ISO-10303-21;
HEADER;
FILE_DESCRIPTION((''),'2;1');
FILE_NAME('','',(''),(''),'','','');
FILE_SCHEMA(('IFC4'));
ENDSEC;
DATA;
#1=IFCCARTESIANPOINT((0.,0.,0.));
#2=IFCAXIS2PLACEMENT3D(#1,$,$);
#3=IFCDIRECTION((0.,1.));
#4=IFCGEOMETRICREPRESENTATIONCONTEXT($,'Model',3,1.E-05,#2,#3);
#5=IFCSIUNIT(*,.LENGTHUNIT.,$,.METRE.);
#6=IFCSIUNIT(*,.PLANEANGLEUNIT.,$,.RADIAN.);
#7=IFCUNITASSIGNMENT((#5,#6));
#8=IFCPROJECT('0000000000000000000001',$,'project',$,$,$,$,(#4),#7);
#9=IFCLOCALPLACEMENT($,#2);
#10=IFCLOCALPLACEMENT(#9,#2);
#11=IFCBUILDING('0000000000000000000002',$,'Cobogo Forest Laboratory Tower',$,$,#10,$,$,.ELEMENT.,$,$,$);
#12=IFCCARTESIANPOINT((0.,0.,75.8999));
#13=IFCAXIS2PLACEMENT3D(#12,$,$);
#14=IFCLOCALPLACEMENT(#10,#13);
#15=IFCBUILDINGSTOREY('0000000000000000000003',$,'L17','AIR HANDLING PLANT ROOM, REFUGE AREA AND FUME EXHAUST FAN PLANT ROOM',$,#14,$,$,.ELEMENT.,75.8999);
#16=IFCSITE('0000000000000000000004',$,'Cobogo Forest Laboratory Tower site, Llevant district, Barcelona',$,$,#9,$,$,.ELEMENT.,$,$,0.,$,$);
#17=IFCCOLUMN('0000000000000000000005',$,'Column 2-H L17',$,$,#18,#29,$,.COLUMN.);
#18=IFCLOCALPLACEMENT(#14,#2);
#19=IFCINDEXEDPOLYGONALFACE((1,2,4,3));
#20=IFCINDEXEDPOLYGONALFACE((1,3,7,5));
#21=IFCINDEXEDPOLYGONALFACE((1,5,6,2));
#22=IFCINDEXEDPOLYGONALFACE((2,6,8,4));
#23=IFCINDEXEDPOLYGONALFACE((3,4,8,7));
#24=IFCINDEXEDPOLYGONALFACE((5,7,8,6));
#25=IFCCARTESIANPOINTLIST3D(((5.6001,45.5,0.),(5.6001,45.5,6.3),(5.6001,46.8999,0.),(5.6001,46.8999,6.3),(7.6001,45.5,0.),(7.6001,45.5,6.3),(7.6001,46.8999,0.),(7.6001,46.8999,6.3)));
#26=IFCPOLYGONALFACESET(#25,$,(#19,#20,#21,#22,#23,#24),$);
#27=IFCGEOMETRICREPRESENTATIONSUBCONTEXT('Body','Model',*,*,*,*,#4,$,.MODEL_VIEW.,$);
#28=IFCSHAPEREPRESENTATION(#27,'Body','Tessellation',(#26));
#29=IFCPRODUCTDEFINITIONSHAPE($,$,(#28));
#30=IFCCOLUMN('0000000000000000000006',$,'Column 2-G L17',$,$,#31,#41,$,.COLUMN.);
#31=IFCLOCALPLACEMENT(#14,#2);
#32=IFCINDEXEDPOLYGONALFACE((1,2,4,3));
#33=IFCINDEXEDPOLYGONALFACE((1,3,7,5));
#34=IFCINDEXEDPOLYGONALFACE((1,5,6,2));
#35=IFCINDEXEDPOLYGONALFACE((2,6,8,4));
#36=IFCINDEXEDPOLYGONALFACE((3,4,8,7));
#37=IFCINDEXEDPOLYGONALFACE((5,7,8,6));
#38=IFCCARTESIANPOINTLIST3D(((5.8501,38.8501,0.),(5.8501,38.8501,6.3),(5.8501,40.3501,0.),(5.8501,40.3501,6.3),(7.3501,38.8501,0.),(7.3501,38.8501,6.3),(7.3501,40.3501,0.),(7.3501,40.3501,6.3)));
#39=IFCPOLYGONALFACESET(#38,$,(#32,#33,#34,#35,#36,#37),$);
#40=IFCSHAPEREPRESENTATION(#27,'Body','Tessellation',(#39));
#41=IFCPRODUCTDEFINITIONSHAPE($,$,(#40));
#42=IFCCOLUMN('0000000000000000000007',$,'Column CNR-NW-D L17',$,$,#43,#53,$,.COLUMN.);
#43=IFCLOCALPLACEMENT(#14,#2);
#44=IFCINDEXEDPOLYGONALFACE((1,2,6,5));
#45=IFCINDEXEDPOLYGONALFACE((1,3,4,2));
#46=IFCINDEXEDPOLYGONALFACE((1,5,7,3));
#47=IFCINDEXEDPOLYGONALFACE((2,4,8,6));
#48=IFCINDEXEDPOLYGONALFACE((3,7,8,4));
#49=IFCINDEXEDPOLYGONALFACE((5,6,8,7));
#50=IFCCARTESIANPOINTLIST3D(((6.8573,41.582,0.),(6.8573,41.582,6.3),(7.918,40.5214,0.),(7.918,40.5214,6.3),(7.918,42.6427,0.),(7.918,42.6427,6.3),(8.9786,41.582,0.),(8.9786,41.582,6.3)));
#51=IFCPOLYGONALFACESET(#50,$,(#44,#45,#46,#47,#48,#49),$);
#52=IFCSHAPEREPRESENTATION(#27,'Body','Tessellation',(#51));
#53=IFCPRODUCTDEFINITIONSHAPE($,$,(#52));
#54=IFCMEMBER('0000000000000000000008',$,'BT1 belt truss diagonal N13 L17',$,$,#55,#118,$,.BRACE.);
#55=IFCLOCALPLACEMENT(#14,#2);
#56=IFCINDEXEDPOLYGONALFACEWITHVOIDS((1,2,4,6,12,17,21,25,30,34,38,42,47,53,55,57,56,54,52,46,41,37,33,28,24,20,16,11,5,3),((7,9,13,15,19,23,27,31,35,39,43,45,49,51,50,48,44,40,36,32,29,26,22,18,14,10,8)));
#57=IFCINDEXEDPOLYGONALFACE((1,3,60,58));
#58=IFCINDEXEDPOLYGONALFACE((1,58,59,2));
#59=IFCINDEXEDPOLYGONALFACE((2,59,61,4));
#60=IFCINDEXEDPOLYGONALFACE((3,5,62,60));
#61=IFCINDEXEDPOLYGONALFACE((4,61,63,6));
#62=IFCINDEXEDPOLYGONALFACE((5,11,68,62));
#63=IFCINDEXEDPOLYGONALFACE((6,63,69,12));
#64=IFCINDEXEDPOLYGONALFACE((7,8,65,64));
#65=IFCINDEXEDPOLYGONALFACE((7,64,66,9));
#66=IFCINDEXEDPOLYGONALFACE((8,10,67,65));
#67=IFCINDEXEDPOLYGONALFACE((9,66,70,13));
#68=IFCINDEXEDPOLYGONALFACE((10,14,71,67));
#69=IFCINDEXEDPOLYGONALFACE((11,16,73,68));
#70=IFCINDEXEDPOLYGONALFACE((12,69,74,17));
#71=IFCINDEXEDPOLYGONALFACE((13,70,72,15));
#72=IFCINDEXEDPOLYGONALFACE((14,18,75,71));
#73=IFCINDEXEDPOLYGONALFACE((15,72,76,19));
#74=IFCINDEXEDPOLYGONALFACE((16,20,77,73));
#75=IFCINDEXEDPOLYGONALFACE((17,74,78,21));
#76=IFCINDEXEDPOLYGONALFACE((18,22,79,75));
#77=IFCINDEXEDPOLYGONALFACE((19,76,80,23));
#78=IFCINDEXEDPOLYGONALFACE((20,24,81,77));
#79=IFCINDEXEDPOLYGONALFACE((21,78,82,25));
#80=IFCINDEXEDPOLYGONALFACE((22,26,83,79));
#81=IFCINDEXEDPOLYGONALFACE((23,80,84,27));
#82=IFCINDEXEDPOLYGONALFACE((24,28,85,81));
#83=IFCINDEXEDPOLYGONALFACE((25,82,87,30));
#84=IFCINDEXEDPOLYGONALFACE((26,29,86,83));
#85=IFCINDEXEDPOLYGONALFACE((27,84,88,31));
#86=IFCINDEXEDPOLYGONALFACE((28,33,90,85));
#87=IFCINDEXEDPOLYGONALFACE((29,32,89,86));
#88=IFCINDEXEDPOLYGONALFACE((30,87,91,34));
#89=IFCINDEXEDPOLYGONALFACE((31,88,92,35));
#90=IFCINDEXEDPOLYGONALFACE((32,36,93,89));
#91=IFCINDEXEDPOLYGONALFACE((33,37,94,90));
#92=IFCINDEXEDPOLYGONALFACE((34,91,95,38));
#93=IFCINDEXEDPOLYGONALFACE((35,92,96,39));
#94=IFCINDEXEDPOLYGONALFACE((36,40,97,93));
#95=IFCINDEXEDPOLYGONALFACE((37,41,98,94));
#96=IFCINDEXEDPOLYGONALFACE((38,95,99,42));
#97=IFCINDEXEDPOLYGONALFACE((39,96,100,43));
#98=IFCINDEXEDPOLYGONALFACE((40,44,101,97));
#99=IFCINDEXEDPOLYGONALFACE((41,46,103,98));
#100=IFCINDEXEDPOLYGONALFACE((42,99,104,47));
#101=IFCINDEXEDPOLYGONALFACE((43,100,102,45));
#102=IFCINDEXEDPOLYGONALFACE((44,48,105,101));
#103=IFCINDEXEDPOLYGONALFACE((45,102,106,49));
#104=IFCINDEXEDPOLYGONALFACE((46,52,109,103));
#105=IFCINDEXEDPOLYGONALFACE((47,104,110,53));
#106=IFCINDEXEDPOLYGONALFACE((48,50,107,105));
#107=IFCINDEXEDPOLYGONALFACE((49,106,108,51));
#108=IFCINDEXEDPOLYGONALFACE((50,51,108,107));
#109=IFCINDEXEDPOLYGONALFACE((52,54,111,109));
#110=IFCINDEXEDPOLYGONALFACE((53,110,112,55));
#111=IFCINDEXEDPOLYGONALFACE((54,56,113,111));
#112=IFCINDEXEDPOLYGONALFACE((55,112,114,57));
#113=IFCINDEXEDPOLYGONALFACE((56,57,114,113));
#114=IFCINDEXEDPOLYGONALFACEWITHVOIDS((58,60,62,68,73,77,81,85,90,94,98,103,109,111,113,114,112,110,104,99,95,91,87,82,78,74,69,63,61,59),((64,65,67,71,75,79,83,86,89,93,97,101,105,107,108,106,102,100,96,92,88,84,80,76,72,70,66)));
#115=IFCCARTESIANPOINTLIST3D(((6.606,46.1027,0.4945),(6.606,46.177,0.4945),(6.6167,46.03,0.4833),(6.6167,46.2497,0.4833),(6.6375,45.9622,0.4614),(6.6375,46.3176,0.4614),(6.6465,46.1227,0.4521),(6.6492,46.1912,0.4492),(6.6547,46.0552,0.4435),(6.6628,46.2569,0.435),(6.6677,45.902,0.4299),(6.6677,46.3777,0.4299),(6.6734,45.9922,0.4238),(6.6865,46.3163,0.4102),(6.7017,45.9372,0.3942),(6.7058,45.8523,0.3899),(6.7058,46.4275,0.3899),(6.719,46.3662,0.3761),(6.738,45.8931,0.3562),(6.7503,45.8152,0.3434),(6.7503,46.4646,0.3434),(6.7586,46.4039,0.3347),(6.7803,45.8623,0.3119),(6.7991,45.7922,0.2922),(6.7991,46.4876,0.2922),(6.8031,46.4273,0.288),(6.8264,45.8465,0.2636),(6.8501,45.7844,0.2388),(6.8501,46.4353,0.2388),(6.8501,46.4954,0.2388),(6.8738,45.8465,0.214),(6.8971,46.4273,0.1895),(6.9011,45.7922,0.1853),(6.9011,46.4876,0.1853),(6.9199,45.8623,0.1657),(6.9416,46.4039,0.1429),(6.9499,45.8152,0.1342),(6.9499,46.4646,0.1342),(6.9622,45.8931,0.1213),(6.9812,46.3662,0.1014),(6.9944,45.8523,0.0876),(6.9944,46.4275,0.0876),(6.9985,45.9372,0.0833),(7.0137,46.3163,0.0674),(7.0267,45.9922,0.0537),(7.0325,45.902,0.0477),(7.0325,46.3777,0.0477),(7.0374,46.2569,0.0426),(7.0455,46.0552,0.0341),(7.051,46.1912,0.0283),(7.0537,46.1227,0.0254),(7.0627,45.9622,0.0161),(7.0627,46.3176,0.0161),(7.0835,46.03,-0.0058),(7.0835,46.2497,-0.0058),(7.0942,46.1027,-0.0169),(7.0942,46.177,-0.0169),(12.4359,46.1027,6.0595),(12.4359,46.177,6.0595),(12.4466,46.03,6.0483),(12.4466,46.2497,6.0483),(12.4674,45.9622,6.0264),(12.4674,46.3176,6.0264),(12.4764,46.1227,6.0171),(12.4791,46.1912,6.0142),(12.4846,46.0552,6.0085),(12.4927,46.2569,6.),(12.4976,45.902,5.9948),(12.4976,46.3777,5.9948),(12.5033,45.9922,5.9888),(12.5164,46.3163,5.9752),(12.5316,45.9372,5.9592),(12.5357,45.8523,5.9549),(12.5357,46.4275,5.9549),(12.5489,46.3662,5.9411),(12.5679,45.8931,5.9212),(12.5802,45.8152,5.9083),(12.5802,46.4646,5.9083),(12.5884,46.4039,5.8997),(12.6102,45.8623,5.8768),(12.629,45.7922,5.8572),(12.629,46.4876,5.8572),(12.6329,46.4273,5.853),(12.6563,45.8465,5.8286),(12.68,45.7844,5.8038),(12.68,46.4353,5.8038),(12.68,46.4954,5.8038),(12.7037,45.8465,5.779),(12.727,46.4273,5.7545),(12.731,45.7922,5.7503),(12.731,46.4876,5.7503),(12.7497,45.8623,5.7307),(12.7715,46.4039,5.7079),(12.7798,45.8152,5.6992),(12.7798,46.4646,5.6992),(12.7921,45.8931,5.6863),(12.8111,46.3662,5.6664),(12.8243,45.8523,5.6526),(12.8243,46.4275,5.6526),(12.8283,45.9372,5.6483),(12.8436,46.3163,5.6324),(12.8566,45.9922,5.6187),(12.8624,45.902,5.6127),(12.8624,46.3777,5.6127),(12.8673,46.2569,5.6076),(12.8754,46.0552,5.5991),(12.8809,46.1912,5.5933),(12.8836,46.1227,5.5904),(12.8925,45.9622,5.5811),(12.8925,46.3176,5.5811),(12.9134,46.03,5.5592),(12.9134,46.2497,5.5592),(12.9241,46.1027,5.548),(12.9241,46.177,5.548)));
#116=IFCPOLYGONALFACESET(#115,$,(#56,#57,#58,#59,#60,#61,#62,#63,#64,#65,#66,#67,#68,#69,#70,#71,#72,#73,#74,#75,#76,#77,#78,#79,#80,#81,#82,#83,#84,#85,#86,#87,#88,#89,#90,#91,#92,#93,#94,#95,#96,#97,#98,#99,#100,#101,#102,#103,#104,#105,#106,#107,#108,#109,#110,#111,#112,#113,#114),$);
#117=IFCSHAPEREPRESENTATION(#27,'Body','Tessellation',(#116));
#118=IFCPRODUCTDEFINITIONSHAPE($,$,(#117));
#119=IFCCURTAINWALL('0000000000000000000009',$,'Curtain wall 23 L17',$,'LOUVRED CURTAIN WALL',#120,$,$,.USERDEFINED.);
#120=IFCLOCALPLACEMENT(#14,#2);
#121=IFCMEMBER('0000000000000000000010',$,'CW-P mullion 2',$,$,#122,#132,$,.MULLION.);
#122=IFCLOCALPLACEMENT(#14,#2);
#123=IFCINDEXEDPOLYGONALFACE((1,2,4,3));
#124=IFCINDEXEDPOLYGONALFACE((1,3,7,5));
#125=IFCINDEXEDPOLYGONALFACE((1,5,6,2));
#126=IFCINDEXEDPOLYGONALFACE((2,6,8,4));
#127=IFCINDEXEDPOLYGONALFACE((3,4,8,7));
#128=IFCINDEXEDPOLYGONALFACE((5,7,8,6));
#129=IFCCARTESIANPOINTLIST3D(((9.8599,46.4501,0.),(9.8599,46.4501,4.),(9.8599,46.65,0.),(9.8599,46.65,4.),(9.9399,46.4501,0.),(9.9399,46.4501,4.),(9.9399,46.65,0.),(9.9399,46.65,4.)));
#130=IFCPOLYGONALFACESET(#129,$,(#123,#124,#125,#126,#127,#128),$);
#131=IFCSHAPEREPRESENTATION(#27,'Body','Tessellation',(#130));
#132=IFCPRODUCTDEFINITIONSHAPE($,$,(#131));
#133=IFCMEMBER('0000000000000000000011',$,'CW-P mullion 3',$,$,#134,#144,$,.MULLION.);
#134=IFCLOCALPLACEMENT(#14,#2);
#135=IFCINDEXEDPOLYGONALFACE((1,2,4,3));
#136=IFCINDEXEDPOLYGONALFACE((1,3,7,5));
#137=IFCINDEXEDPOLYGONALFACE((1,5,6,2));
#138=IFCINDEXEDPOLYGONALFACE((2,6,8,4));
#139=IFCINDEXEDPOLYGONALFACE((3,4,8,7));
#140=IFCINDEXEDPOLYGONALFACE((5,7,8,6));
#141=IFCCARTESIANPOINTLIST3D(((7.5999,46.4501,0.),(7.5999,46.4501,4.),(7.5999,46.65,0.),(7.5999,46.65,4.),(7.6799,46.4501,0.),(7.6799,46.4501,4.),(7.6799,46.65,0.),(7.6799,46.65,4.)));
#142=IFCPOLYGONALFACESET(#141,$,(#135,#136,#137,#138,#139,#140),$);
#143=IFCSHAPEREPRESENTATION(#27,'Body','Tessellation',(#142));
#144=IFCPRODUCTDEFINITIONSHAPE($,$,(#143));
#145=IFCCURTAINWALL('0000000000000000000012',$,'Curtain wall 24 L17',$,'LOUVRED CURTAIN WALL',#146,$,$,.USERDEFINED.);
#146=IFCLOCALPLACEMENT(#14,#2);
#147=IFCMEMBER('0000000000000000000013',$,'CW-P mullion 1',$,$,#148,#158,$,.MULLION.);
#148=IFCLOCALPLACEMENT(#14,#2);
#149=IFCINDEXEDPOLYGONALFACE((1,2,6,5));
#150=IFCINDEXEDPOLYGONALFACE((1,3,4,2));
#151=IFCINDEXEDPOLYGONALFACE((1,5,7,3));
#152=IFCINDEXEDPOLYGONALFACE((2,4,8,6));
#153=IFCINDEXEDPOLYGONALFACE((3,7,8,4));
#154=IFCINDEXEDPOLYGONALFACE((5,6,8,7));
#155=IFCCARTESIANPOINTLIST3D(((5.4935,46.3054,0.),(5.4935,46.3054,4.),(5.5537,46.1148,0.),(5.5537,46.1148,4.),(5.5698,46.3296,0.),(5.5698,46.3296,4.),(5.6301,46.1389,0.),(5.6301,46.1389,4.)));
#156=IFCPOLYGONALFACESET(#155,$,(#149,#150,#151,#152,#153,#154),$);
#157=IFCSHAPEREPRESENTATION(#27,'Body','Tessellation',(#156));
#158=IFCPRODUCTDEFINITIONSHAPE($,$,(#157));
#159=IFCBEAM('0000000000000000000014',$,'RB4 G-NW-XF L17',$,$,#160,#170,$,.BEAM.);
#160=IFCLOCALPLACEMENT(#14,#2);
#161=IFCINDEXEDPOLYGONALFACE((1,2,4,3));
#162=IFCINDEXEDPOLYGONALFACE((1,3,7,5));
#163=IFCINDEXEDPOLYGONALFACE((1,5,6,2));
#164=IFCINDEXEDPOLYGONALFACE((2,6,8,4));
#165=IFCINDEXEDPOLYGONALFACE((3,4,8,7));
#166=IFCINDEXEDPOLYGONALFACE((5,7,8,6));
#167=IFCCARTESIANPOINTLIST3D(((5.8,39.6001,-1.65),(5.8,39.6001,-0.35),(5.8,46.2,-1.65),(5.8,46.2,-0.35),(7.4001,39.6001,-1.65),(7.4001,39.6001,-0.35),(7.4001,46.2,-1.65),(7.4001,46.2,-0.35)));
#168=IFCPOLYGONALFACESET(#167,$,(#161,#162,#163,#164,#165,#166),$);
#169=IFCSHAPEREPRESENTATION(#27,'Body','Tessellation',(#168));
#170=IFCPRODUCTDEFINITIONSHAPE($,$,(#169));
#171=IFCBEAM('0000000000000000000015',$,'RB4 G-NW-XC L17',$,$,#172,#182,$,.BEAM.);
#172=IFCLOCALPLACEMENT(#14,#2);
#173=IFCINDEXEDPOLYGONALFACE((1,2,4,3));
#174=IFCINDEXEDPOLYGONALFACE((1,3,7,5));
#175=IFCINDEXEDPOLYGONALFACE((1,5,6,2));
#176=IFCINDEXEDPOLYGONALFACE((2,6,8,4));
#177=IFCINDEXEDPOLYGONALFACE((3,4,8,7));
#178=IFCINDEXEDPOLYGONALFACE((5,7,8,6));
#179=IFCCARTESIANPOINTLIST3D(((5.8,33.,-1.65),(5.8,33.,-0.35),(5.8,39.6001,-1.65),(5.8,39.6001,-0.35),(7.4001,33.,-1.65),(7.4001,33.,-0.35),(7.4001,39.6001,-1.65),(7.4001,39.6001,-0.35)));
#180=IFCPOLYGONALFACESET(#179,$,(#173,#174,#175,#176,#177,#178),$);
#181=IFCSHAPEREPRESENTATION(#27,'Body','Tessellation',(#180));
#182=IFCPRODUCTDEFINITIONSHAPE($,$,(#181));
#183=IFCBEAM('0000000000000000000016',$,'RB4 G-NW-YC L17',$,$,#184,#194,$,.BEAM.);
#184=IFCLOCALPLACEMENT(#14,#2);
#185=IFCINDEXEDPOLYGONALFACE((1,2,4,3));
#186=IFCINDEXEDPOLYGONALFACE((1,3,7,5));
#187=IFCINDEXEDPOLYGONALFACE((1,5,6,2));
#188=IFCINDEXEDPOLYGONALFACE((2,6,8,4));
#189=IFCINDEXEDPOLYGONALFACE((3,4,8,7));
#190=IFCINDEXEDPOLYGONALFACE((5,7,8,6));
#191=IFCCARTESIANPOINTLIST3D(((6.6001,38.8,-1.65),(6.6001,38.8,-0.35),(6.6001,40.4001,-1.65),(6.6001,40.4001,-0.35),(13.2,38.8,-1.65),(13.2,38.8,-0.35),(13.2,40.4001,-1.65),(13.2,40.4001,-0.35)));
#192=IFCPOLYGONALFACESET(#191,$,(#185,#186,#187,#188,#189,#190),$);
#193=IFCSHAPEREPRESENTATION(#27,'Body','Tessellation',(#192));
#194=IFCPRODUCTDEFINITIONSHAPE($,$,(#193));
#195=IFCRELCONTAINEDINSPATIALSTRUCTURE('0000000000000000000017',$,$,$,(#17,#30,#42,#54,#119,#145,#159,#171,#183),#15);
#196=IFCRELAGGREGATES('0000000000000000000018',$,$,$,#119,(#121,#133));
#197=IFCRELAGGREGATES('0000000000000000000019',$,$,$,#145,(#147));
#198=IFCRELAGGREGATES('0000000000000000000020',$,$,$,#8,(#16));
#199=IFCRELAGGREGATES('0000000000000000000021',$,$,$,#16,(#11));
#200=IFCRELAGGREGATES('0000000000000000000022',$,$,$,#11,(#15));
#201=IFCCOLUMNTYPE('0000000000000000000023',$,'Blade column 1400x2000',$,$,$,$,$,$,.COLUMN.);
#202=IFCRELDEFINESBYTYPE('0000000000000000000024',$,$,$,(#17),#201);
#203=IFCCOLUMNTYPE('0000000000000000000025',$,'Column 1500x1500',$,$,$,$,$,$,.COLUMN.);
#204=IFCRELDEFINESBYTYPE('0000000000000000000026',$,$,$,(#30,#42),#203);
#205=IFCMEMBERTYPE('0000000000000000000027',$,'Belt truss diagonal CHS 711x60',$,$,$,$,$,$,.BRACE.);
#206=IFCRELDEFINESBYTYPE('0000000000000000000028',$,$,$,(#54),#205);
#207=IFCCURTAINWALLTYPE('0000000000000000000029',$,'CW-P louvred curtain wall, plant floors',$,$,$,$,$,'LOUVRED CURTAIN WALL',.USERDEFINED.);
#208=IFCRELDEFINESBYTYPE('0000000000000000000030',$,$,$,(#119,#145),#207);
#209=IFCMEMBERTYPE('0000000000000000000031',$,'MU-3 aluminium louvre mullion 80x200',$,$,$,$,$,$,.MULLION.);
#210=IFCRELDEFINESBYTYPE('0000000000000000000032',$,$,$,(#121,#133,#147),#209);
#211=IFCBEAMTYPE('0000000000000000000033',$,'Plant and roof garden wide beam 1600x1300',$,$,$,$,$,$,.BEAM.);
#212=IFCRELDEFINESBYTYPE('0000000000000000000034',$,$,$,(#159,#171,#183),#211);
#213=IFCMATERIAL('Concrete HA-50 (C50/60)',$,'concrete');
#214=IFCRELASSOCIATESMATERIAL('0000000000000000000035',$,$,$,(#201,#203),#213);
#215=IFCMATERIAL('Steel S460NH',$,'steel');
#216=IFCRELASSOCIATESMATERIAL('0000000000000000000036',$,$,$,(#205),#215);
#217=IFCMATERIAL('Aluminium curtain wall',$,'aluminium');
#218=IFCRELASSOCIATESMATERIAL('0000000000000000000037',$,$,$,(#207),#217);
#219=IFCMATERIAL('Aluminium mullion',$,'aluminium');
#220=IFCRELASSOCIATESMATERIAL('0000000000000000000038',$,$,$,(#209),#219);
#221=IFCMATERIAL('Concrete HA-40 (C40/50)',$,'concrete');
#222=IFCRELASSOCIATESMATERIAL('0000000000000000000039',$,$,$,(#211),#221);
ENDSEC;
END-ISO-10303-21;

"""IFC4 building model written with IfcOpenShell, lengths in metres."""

from ifc_helpers import new_model, si_unit, direction, frame, origin, origin_2d, place, context, subcontext, project, spatial, rectangle, hollow_circle, extrude, material, material_profile, profile_set, type_object, element, aggregate, save


model = new_model("IFC4")

# Units and contexts
model_context = context("Model", 3, precision=1e-05, world=origin(), true_north=direction((0.0, 1.0)))
body_context = subcontext(model_context, "Body", "Model", "MODEL_VIEW")
ifc_project = project(units=[si_unit("LENGTHUNIT", "METRE"), si_unit("PLANEANGLEUNIT", "RADIAN")], contexts=[model_context])

# Site, building, storey
site_placement = place(None, origin())
site = spatial("IfcSite", under=ifc_project, at=site_placement, Name="Cobogo Forest Laboratory Tower site, Llevant district, Barcelona", CompositionType="ELEMENT", RefElevation=0.0)
building_placement = place(site_placement, origin())
building = spatial("IfcBuilding", under=site, at=building_placement, Name="Cobogo Forest Laboratory Tower", CompositionType="ELEMENT")
storey_placement = place(building_placement, frame((0.0, 0.0, 75.8999)))
storey = spatial("IfcBuildingStorey", under=building, at=storey_placement, Name="L17", Description="AIR HANDLING PLANT ROOM, REFUGE AREA AND FUME EXHAUST FAN PLANT ROOM", CompositionType="ELEMENT", Elevation=75.8999)

# Columns
ifc_material_1 = material(Name="Concrete HA-50 (C50/60)", Category="concrete")
ifc_material_profile_1 = material_profile(ifc_material_1, rectangle(XDim=2.0, YDim=1.3999, at=origin_2d()), Name="RC 1400x2000")
ifc_profile_set_1 = profile_set([ifc_material_profile_1], Name="Concrete HA-50 (C50/60)")
column_type_1 = type_object("IfcColumnType", Name="Blade column 1400x2000", PredefinedType="COLUMN", material=ifc_profile_set_1)
column_placement = place(storey_placement, frame((6.6001, 46.2, 0.0), z_axis=(0.0, 0.0, 1.0), x_axis=(1.0, 0.0, 0.0)))
element("IfcColumn", 1, at=column_placement, inside=storey, type_object=column_type_1, Name="Column 2-H L17", PredefinedType="COLUMN", context=body_context, shape_type="SweptSolid", body=[
    extrude(rectangle(XDim=2.0, YDim=1.3999, at=origin_2d()), origin(), (0.0, 0.0, 1.0), 6.3),
])
ifc_material_profile_2 = material_profile(ifc_material_1, rectangle(XDim=1.5, YDim=1.5, at=origin_2d()), Name="RC 1500x1500")
ifc_profile_set_2 = profile_set([ifc_material_profile_2], Name="Concrete HA-50 (C50/60)")
column_type_2 = type_object("IfcColumnType", Name="Column 1500x1500", PredefinedType="COLUMN", material=ifc_profile_set_2)
for number, where, z_axis, x_axis, name in (
    (2, (6.6001, 39.6001, 0.0), (0.0, 0.0, 1.0), (1.0, 0.0, 0.0), "Column 2-G L17"),
    (3, (7.918, 41.582, 0.0), (0.0, 0.0, 1.0), (0.707107, 0.707107, 0.0), "Column CNR-NW-D L17"),
):
    element("IfcColumn", number, at=place(storey_placement, frame(where, z_axis=z_axis, x_axis=x_axis)), inside=storey, type_object=column_type_2, Name=name, PredefinedType="COLUMN", context=body_context, shape_type="SweptSolid", body=[
        extrude(rectangle(XDim=1.5, YDim=1.5, at=origin_2d()), origin(), (0.0, 0.0, 1.0), 6.3),
    ])

# Member
ifc_material_2 = material(Name="Steel S460NH", Category="steel")
ifc_material_profile_3 = material_profile(ifc_material_2, hollow_circle(Radius=0.3555, WallThickness=0.0601, at=origin_2d()), Name="CHS 711x60")
ifc_profile_set_3 = profile_set([ifc_material_profile_3], Name="Steel S460NH")
member_type_1 = type_object("IfcMemberType", Name="Belt truss diagonal CHS 711x60", PredefinedType="BRACE", material=ifc_profile_set_3)
member_1_placement = place(storey_placement, frame((6.8501, 46.1399, 0.2388), z_axis=(0.723349, 0.0, 0.690482), x_axis=(0.0, 1.0, 0.0)))
element("IfcMember", 4, at=member_1_placement, inside=storey, type_object=member_type_1, Name="BT1 belt truss diagonal N13 L17", PredefinedType="BRACE", context=body_context, shape_type="SweptSolid", body=[
    extrude(hollow_circle(Radius=0.3555, WallThickness=0.0601, at=origin_2d()), origin(), (0.0, 0.0, 1.0), 8.0596),
])

# Curtain wall, members
ifc_material_3 = material(Name="Aluminium curtain wall", Category="aluminium")
curtain_wall_type = type_object("IfcCurtainWallType", Name="CW-P louvred curtain wall, plant floors", ElementType="LOUVRED CURTAIN WALL", PredefinedType="USERDEFINED", material=ifc_material_3)
curtain_wall_1_placement = place(storey_placement, origin())
curtain_wall_1 = element("IfcCurtainWall", 5, at=curtain_wall_1_placement, inside=storey, type_object=curtain_wall_type, Name="Curtain wall 23 L17", ObjectType="LOUVRED CURTAIN WALL", PredefinedType="USERDEFINED")
ifc_material_4 = material(Name="Aluminium mullion", Category="aluminium")
ifc_material_profile_4 = material_profile(ifc_material_4, rectangle(XDim=0.0801, YDim=0.2, at=origin_2d()), Name="AL 80x200")
ifc_profile_set_4 = profile_set([ifc_material_profile_4], Name="Aluminium mullion")
member_type_2 = type_object("IfcMemberType", Name="MU-3 aluminium louvre mullion 80x200", PredefinedType="MULLION", material=ifc_profile_set_4)
member_2_placement = place(storey_placement, frame((9.8999, 46.55, 0.0), z_axis=(0.0, 0.0, 1.0), x_axis=(-1.0, 0.0, 0.0)))
member_2 = element("IfcMember", 6, at=member_2_placement, type_object=member_type_2, Name="CW-P mullion 2", PredefinedType="MULLION", context=body_context, shape_type="SweptSolid", body=[
    extrude(rectangle(XDim=0.0801, YDim=0.2, at=origin_2d()), origin(), (0.0, 0.0, 1.0), 4.0),
])
member_3_placement = place(storey_placement, frame((7.6399, 46.55, 0.0), z_axis=(0.0, 0.0, 1.0), x_axis=(-1.0, 0.0, 0.0)))
member_3 = element("IfcMember", 7, at=member_3_placement, type_object=member_type_2, Name="CW-P mullion 3", PredefinedType="MULLION", context=body_context, shape_type="SweptSolid", body=[
    extrude(rectangle(XDim=0.0801, YDim=0.2, at=origin_2d()), origin(), (0.0, 0.0, 1.0), 4.0),
])

# Curtain wall, member
curtain_wall_2_placement = place(storey_placement, origin())
curtain_wall_2 = element("IfcCurtainWall", 8, at=curtain_wall_2_placement, inside=storey, type_object=curtain_wall_type, Name="Curtain wall 24 L17", ObjectType="LOUVRED CURTAIN WALL", PredefinedType="USERDEFINED")
member_4_placement = place(storey_placement, frame((5.5618, 46.2222, 0.0), z_axis=(0.0, 0.0, 1.0), x_axis=(-0.953581, -0.301136, 0.0)))
member_4 = element("IfcMember", 9, at=member_4_placement, type_object=member_type_2, Name="CW-P mullion 1", PredefinedType="MULLION", context=body_context, shape_type="SweptSolid", body=[
    extrude(rectangle(XDim=0.0801, YDim=0.2, at=origin_2d()), origin(), (0.0, 0.0, 1.0), 4.0),
])

# Beams
ifc_material_5 = material(Name="Concrete HA-40 (C40/50)", Category="concrete")
ifc_material_profile_5 = material_profile(ifc_material_5, rectangle(XDim=1.6001, YDim=1.3, at=origin_2d()), Name="RC 1600x1300")
ifc_profile_set_5 = profile_set([ifc_material_profile_5], Name="Concrete HA-40 (C40/50)")
beam_type_1 = type_object("IfcBeamType", Name="Plant and roof garden wide beam 1600x1300", PredefinedType="BEAM", material=ifc_profile_set_5)
beam_1_placement = place(storey_placement, frame((6.6001, 46.2, -1.0), z_axis=(0.0, -1.0, 0.0), x_axis=(1.0, 0.0, 0.0)))
element("IfcBeam", 10, at=beam_1_placement, inside=storey, type_object=beam_type_1, Name="RB4 G-NW-XF L17", PredefinedType="BEAM", context=body_context, shape_type="SweptSolid", body=[
    extrude(rectangle(XDim=1.6001, YDim=1.3, at=origin_2d()), origin(), (0.0, 0.0, 1.0), 6.5999),
])
beam_2_placement = place(storey_placement, frame((6.6001, 39.6001, -1.0), z_axis=(0.0, -1.0, 0.0), x_axis=(1.0, 0.0, 0.0)))
element("IfcBeam", 11, at=beam_2_placement, inside=storey, type_object=beam_type_1, Name="RB4 G-NW-XC L17", PredefinedType="BEAM", context=body_context, shape_type="SweptSolid", body=[
    extrude(rectangle(XDim=1.6001, YDim=1.3, at=origin_2d()), origin(), (0.0, 0.0, 1.0), 6.6001),
])
beam_3_placement = place(storey_placement, frame((6.6001, 39.6001, -1.0), z_axis=(1.0, 0.0, 0.0), x_axis=(0.0, 1.0, 0.0)))
element("IfcBeam", 12, at=beam_3_placement, inside=storey, type_object=beam_type_1, Name="RB4 G-NW-YC L17", PredefinedType="BEAM", context=body_context, shape_type="SweptSolid", body=[
    extrude(rectangle(XDim=1.6001, YDim=1.3, at=origin_2d()), origin(), (0.0, 0.0, 1.0), 6.5999),
])

aggregate(curtain_wall_1, [member_2, member_3])
aggregate(curtain_wall_2, [member_4])

save(model, "model.ifc")
